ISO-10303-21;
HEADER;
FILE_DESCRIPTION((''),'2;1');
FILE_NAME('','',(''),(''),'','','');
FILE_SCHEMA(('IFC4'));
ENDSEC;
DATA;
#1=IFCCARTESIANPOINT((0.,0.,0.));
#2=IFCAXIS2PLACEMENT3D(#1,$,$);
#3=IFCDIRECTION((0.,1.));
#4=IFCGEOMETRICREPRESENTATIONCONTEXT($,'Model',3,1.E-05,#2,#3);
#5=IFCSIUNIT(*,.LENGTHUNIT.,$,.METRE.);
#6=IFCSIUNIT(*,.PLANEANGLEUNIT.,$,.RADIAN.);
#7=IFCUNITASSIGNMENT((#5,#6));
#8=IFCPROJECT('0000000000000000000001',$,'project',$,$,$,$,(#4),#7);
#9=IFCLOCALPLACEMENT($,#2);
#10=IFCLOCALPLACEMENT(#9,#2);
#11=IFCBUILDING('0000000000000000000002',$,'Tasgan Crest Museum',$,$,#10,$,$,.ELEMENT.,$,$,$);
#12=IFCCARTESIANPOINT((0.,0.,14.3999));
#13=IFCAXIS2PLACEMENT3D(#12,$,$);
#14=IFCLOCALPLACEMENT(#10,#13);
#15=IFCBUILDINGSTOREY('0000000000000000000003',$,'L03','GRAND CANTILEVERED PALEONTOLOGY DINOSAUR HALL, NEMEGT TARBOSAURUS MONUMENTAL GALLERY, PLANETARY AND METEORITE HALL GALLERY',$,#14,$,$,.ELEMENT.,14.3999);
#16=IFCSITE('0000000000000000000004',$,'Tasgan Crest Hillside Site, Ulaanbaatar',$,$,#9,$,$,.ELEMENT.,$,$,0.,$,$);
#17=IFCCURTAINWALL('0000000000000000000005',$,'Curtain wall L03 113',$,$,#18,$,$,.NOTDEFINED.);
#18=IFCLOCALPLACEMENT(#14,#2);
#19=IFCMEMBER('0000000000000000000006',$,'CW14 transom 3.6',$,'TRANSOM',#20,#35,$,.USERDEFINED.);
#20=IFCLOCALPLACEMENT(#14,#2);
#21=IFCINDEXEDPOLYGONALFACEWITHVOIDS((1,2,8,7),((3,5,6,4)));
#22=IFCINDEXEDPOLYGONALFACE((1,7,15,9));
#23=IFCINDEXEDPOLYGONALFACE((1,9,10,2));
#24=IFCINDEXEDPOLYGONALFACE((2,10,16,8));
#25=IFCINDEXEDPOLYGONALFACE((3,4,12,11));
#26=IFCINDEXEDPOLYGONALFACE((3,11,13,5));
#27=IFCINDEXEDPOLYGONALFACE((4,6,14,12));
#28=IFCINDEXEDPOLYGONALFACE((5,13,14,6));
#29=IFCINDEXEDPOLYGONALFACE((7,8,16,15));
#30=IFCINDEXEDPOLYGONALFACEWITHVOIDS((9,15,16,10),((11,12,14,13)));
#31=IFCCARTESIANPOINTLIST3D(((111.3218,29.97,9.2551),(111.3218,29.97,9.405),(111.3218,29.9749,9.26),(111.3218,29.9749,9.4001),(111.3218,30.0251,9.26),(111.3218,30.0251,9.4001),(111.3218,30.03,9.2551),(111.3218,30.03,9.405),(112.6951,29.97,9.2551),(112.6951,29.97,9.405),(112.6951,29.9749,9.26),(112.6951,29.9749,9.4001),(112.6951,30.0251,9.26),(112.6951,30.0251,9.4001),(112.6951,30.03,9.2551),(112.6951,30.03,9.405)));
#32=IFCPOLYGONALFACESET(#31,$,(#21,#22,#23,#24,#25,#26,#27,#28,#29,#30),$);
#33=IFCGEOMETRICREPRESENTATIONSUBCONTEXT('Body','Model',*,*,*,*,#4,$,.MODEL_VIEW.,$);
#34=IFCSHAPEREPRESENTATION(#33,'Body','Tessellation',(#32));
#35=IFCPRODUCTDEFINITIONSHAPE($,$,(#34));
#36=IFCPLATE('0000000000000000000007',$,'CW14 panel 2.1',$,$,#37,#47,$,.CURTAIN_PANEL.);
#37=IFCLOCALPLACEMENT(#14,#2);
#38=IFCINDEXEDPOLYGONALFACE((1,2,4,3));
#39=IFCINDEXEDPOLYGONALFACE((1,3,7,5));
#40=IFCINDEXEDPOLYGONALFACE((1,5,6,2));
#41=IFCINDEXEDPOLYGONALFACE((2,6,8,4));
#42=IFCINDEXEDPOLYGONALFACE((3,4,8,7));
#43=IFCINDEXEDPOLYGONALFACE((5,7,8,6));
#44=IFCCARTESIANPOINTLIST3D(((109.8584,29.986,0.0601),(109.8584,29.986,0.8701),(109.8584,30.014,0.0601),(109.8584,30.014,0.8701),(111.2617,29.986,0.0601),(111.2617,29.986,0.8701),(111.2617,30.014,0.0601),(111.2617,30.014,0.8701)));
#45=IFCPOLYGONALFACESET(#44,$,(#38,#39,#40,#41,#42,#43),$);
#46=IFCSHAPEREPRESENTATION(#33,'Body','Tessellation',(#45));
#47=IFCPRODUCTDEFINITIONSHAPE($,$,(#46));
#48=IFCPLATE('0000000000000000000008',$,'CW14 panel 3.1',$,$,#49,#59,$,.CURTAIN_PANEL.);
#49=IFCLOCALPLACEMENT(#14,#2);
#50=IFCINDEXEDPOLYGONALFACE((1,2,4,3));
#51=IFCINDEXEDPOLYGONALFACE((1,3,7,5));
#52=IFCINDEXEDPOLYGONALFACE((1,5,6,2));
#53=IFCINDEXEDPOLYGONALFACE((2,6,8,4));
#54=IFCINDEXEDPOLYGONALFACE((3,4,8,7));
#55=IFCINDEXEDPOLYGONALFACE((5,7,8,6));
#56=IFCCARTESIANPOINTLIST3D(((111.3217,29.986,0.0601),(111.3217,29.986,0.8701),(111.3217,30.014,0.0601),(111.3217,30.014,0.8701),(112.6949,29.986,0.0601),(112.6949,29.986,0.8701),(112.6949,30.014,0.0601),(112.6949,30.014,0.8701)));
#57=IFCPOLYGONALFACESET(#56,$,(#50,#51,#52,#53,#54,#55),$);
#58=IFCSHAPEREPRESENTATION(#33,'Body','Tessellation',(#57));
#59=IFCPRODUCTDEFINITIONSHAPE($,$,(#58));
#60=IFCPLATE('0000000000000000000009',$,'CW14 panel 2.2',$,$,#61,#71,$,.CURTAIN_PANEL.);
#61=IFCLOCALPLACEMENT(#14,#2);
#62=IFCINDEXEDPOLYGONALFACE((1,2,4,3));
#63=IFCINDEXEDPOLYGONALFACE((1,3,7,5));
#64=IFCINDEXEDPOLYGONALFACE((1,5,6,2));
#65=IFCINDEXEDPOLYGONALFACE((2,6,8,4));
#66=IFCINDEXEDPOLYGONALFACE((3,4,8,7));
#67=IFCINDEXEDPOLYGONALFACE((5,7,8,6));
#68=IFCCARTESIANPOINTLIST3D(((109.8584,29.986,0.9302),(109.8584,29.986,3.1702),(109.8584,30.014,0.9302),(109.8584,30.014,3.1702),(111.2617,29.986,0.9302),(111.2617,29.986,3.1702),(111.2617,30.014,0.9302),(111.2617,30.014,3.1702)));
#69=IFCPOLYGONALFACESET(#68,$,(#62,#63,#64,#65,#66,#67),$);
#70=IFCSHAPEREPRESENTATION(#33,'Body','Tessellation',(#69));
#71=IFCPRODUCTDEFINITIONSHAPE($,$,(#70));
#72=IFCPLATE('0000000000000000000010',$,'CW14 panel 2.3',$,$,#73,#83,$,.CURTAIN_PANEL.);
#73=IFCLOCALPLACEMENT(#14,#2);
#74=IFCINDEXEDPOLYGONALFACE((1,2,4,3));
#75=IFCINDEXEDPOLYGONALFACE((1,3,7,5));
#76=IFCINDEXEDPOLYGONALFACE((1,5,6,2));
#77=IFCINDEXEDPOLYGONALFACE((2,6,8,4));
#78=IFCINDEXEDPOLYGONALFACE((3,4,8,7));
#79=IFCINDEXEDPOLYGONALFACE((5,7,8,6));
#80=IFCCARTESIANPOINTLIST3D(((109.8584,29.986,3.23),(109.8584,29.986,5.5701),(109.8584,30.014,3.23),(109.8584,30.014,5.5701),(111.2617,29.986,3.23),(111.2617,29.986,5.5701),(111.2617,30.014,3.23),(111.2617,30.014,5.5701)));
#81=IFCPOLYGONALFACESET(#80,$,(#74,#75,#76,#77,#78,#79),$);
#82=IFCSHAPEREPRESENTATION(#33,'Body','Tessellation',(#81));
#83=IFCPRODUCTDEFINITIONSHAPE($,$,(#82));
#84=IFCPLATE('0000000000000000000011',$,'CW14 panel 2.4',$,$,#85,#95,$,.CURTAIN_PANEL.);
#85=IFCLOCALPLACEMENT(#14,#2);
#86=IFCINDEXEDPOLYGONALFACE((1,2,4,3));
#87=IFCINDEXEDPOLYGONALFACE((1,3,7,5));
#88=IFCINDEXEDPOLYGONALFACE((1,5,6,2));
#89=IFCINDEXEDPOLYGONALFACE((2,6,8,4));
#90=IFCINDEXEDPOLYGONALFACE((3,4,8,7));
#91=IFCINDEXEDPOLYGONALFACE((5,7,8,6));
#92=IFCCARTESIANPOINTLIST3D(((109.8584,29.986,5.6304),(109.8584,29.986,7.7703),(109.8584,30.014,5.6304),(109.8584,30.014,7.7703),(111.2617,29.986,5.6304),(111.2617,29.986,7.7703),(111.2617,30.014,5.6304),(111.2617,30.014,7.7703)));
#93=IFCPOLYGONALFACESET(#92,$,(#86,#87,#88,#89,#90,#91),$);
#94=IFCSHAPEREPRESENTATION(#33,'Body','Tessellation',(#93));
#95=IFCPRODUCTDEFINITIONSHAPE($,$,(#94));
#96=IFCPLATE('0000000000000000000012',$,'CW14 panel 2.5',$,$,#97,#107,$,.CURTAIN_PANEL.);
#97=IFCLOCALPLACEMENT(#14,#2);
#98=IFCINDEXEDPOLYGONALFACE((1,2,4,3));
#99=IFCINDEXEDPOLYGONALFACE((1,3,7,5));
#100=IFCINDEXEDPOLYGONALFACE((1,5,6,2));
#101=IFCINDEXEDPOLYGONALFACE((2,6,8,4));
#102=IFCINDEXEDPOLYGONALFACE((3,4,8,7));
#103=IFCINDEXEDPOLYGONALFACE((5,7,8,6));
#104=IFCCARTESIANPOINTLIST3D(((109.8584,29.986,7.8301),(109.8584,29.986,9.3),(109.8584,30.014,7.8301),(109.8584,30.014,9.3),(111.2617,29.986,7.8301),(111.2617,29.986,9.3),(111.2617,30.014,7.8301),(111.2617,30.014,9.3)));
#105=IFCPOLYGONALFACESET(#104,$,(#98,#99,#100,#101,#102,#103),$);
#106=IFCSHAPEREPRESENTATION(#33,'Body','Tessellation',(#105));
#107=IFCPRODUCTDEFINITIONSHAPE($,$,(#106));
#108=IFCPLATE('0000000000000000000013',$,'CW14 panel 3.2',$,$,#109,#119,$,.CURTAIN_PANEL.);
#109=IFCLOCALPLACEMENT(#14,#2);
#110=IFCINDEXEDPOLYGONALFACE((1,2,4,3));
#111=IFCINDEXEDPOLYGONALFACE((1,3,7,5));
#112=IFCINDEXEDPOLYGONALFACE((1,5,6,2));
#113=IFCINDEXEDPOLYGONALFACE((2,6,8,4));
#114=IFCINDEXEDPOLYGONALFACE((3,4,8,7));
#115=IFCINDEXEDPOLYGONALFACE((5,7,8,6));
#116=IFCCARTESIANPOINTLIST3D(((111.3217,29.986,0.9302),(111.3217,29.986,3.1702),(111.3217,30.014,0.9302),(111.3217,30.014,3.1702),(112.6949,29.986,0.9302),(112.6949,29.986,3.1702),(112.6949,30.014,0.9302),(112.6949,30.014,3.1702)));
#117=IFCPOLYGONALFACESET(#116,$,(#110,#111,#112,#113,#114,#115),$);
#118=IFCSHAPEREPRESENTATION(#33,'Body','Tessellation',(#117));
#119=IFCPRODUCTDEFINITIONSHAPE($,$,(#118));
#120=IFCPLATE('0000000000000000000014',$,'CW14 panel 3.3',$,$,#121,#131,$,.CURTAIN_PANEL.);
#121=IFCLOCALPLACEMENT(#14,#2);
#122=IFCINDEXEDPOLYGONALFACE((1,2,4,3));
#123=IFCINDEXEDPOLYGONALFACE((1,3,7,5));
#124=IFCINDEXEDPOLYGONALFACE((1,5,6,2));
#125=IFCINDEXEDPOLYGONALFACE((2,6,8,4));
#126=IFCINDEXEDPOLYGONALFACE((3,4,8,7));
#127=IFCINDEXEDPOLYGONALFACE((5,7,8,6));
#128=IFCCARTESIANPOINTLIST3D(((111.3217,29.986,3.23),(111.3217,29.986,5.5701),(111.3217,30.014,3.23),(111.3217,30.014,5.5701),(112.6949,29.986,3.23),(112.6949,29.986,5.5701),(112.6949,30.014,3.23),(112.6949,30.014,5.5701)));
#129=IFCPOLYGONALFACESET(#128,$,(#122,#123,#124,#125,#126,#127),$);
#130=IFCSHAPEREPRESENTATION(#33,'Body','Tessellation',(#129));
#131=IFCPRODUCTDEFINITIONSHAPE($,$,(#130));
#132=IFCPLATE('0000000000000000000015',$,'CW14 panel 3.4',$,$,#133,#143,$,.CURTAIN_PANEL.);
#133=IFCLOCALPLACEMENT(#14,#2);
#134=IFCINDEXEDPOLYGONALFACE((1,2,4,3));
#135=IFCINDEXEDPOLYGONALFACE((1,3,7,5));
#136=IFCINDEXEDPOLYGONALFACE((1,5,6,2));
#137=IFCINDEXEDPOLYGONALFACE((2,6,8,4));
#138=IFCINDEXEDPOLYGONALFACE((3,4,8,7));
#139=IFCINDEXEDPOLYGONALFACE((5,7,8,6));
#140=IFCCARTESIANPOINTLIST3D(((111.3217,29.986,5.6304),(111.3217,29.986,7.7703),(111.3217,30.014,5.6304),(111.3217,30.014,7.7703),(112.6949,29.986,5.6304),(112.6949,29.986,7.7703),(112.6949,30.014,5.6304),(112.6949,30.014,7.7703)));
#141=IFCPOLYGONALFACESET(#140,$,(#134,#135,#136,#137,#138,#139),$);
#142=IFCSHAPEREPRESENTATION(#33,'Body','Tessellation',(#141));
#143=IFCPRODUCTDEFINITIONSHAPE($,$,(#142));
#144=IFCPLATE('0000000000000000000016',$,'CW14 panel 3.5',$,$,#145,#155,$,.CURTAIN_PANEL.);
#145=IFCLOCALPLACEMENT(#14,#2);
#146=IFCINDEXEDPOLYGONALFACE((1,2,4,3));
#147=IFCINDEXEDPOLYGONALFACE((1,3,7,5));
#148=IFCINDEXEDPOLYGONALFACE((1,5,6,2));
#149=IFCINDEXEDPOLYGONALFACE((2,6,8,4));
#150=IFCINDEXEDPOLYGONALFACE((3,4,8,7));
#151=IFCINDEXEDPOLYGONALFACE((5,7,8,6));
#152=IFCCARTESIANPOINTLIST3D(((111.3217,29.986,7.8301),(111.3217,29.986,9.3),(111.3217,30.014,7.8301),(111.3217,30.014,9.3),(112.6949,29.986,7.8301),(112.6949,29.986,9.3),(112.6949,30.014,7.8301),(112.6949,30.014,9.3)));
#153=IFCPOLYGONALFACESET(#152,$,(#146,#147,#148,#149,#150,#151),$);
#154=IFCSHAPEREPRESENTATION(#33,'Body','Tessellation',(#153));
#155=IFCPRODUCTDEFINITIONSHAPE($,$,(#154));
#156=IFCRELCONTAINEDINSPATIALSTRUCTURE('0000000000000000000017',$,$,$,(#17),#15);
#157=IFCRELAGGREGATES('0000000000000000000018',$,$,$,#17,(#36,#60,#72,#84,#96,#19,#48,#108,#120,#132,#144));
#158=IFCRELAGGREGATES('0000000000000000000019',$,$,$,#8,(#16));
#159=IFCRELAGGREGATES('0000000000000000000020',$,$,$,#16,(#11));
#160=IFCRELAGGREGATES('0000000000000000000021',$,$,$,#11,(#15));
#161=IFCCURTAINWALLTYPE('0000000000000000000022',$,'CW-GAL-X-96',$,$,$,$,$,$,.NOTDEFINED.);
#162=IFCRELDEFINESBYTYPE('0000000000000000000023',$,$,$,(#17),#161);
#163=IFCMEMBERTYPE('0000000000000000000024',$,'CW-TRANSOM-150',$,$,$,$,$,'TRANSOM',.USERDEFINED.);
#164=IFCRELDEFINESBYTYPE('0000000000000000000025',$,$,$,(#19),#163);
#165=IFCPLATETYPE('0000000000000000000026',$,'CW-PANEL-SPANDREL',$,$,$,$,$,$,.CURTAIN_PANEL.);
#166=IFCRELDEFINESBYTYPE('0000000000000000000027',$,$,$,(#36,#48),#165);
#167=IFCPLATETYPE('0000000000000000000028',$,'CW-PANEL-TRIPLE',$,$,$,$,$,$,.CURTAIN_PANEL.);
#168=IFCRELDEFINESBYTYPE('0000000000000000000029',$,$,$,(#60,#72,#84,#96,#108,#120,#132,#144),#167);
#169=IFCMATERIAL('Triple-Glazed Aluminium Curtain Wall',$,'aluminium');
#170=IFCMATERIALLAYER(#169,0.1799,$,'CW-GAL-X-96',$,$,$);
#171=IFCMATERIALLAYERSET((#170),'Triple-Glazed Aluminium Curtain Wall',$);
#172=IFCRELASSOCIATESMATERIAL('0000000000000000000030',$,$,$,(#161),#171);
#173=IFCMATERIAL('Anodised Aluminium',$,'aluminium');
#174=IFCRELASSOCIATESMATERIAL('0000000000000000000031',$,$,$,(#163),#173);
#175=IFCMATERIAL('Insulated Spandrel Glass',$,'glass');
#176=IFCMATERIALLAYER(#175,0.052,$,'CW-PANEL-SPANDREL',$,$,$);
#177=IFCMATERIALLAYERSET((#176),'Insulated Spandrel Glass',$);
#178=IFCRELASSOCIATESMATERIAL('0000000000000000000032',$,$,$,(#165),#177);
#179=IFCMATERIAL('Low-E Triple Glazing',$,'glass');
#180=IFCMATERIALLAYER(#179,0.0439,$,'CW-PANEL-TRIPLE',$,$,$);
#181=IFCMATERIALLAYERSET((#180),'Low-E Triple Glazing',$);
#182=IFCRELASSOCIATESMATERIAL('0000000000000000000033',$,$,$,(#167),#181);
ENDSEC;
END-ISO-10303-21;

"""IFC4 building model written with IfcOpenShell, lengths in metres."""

from ifc_helpers import new_model, si_unit, direction, frame, origin, origin_2d, place, context, subcontext, project, spatial, rectangle, hollow_rectangle, extrude, material, layer, layer_set, material_profile, profile_set, type_object, element, aggregate, save


model = new_model("IFC4")

# Units and contexts
model_context = context("Model", 3, precision=1e-05, world=origin(), true_north=direction((0.0, 1.0)))
body_context = subcontext(model_context, "Body", "Model", "MODEL_VIEW")
ifc_project = project(units=[si_unit("LENGTHUNIT", "METRE"), si_unit("PLANEANGLEUNIT", "RADIAN")], contexts=[model_context])

# Site, building, storey
site_placement = place(None, origin())
site = spatial("IfcSite", under=ifc_project, at=site_placement, Name="Tasgan Crest Hillside Site, Ulaanbaatar", CompositionType="ELEMENT", RefElevation=0.0)
building_placement = place(site_placement, origin())
building = spatial("IfcBuilding", under=site, at=building_placement, Name="Tasgan Crest Museum", CompositionType="ELEMENT")
storey_placement = place(building_placement, frame((0.0, 0.0, 14.3999)))
storey = spatial("IfcBuildingStorey", under=building, at=storey_placement, Name="L03", Description="GRAND CANTILEVERED PALEONTOLOGY DINOSAUR HALL, NEMEGT TARBOSAURUS MONUMENTAL GALLERY, PLANETARY AND METEORITE HALL GALLERY", CompositionType="ELEMENT", Elevation=14.3999)

# Curtain wall, member, plates
ifc_material_1 = material(Name="Triple-Glazed Aluminium Curtain Wall", Category="aluminium")
ifc_layer_1 = layer(ifc_material_1, 0.1799, Name="CW-GAL-X-96")
ifc_layer_set_1 = layer_set([ifc_layer_1], Name="Triple-Glazed Aluminium Curtain Wall")
curtain_wall_type = type_object("IfcCurtainWallType", Name="CW-GAL-X-96", PredefinedType="NOTDEFINED", material=ifc_layer_set_1)
curtain_wall_placement = place(storey_placement, origin())
curtain_wall = element("IfcCurtainWall", 1, at=curtain_wall_placement, inside=storey, type_object=curtain_wall_type, Name="Curtain wall L03 113", PredefinedType="NOTDEFINED")
ifc_material_2 = material(Name="Anodised Aluminium", Category="aluminium")
ifc_material_profile_1 = material_profile(ifc_material_2, hollow_rectangle(XDim=0.0601, YDim=0.1499, WallThickness=0.0049, at=origin_2d()), Name="ALU TRANSOM 150x60x5")
ifc_profile_set_1 = profile_set([ifc_material_profile_1], Name="Anodised Aluminium")
member_type_1 = type_object("IfcMemberType", Name="CW-TRANSOM-150", ElementType="TRANSOM", PredefinedType="USERDEFINED", material=ifc_profile_set_1)
member_1_placement = place(storey_placement, frame((111.3218, 30.0, 9.3301), z_axis=(1.0, 0.0, 0.0), x_axis=(0.0, 1.0, 0.0)))
member_1 = element("IfcMember", 2, at=member_1_placement, type_object=member_type_1, Name="CW14 transom 3.6", ObjectType="TRANSOM", PredefinedType="USERDEFINED", context=body_context, shape_type="SweptSolid", body=[
    extrude(hollow_rectangle(XDim=0.0601, YDim=0.1499, WallThickness=0.0049, at=origin_2d()), origin(), (0.0, 0.0, 1.0), 1.3733),
])
ifc_material_3 = material(Name="Insulated Spandrel Glass", Category="glass")
ifc_layer_2 = layer(ifc_material_3, 0.052, Name="CW-PANEL-SPANDREL")
ifc_layer_set_2 = layer_set([ifc_layer_2], Name="Insulated Spandrel Glass")
plate_type_1 = type_object("IfcPlateType", Name="CW-PANEL-SPANDREL", PredefinedType="CURTAIN_PANEL", material=ifc_layer_set_2)
plate_1_placement = place(storey_placement, frame((110.5601, 30.0, 0.0601), z_axis=(0.0, 0.0, 1.0), x_axis=(1.0, 0.0, 0.0)))
plate_1 = element("IfcPlate", 3, at=plate_1_placement, type_object=plate_type_1, Name="CW14 panel 2.1", PredefinedType="CURTAIN_PANEL", context=body_context, shape_type="SweptSolid", body=[
    extrude(rectangle(XDim=1.4033, YDim=0.0281, at=origin_2d()), origin(), (0.0, 0.0, 1.0), 0.8101),
])
plate_2_placement = place(storey_placement, frame((112.0083, 30.0, 0.0601), z_axis=(0.0, 0.0, 1.0), x_axis=(1.0, 0.0, 0.0)))
plate_2 = element("IfcPlate", 4, at=plate_2_placement, type_object=plate_type_1, Name="CW14 panel 3.1", PredefinedType="CURTAIN_PANEL", context=body_context, shape_type="SweptSolid", body=[
    extrude(rectangle(XDim=1.3733, YDim=0.0281, at=origin_2d()), origin(), (0.0, 0.0, 1.0), 0.8101),
])
ifc_material_4 = material(Name="Low-E Triple Glazing", Category="glass")
ifc_layer_3 = layer(ifc_material_4, 0.0439, Name="CW-PANEL-TRIPLE")
ifc_layer_set_3 = layer_set([ifc_layer_3], Name="Low-E Triple Glazing")
plate_type_2 = type_object("IfcPlateType", Name="CW-PANEL-TRIPLE", PredefinedType="CURTAIN_PANEL", material=ifc_layer_set_3)
plate_3_placement = place(storey_placement, frame((110.5601, 30.0, 0.9302), z_axis=(0.0, 0.0, 1.0), x_axis=(1.0, 0.0, 0.0)))
plate_3 = element("IfcPlate", 5, at=plate_3_placement, type_object=plate_type_2, Name="CW14 panel 2.2", PredefinedType="CURTAIN_PANEL", context=body_context, shape_type="SweptSolid", body=[
    extrude(rectangle(XDim=1.4033, YDim=0.0281, at=origin_2d()), origin(), (0.0, 0.0, 1.0), 2.24),
])
plate_4_placement = place(storey_placement, frame((110.5601, 30.0, 3.23), z_axis=(0.0, 0.0, 1.0), x_axis=(1.0, 0.0, 0.0)))
plate_4 = element("IfcPlate", 6, at=plate_4_placement, type_object=plate_type_2, Name="CW14 panel 2.3", PredefinedType="CURTAIN_PANEL", context=body_context, shape_type="SweptSolid", body=[
    extrude(rectangle(XDim=1.4033, YDim=0.0281, at=origin_2d()), origin(), (0.0, 0.0, 1.0), 2.3401),
])
plate_5_placement = place(storey_placement, frame((110.5601, 30.0, 5.6304), z_axis=(0.0, 0.0, 1.0), x_axis=(1.0, 0.0, 0.0)))
plate_5 = element("IfcPlate", 7, at=plate_5_placement, type_object=plate_type_2, Name="CW14 panel 2.4", PredefinedType="CURTAIN_PANEL", context=body_context, shape_type="SweptSolid", body=[
    extrude(rectangle(XDim=1.4033, YDim=0.0281, at=origin_2d()), origin(), (0.0, 0.0, 1.0), 2.1399),
])
plate_6_placement = place(storey_placement, frame((110.5601, 30.0, 7.8301), z_axis=(0.0, 0.0, 1.0), x_axis=(1.0, 0.0, 0.0)))
plate_6 = element("IfcPlate", 8, at=plate_6_placement, type_object=plate_type_2, Name="CW14 panel 2.5", PredefinedType="CURTAIN_PANEL", context=body_context, shape_type="SweptSolid", body=[
    extrude(rectangle(XDim=1.4033, YDim=0.0281, at=origin_2d()), origin(), (0.0, 0.0, 1.0), 1.47),
])
plate_7_placement = place(storey_placement, frame((112.0083, 30.0, 0.9302), z_axis=(0.0, 0.0, 1.0), x_axis=(1.0, 0.0, 0.0)))
plate_7 = element("IfcPlate", 9, at=plate_7_placement, type_object=plate_type_2, Name="CW14 panel 3.2", PredefinedType="CURTAIN_PANEL", context=body_context, shape_type="SweptSolid", body=[
    extrude(rectangle(XDim=1.3733, YDim=0.0281, at=origin_2d()), origin(), (0.0, 0.0, 1.0), 2.24),
])
plate_8_placement = place(storey_placement, frame((112.0083, 30.0, 3.23), z_axis=(0.0, 0.0, 1.0), x_axis=(1.0, 0.0, 0.0)))
plate_8 = element("IfcPlate", 10, at=plate_8_placement, type_object=plate_type_2, Name="CW14 panel 3.3", PredefinedType="CURTAIN_PANEL", context=body_context, shape_type="SweptSolid", body=[
    extrude(rectangle(XDim=1.3733, YDim=0.0281, at=origin_2d()), origin(), (0.0, 0.0, 1.0), 2.3401),
])
plate_9_placement = place(storey_placement, frame((112.0083, 30.0, 5.6304), z_axis=(0.0, 0.0, 1.0), x_axis=(1.0, 0.0, 0.0)))
plate_9 = element("IfcPlate", 11, at=plate_9_placement, type_object=plate_type_2, Name="CW14 panel 3.4", PredefinedType="CURTAIN_PANEL", context=body_context, shape_type="SweptSolid", body=[
    extrude(rectangle(XDim=1.3733, YDim=0.0281, at=origin_2d()), origin(), (0.0, 0.0, 1.0), 2.1399),
])
plate_10_placement = place(storey_placement, frame((112.0083, 30.0, 7.8301), z_axis=(0.0, 0.0, 1.0), x_axis=(1.0, 0.0, 0.0)))
plate_10 = element("IfcPlate", 12, at=plate_10_placement, type_object=plate_type_2, Name="CW14 panel 3.5", PredefinedType="CURTAIN_PANEL", context=body_context, shape_type="SweptSolid", body=[
    extrude(rectangle(XDim=1.3733, YDim=0.0281, at=origin_2d()), origin(), (0.0, 0.0, 1.0), 1.47),
])
aggregate(curtain_wall, [plate_1, plate_3, plate_4, plate_5, plate_6, member_1, plate_2, plate_7, plate_8, plate_9, plate_10])

save(model, "model.ifc")
